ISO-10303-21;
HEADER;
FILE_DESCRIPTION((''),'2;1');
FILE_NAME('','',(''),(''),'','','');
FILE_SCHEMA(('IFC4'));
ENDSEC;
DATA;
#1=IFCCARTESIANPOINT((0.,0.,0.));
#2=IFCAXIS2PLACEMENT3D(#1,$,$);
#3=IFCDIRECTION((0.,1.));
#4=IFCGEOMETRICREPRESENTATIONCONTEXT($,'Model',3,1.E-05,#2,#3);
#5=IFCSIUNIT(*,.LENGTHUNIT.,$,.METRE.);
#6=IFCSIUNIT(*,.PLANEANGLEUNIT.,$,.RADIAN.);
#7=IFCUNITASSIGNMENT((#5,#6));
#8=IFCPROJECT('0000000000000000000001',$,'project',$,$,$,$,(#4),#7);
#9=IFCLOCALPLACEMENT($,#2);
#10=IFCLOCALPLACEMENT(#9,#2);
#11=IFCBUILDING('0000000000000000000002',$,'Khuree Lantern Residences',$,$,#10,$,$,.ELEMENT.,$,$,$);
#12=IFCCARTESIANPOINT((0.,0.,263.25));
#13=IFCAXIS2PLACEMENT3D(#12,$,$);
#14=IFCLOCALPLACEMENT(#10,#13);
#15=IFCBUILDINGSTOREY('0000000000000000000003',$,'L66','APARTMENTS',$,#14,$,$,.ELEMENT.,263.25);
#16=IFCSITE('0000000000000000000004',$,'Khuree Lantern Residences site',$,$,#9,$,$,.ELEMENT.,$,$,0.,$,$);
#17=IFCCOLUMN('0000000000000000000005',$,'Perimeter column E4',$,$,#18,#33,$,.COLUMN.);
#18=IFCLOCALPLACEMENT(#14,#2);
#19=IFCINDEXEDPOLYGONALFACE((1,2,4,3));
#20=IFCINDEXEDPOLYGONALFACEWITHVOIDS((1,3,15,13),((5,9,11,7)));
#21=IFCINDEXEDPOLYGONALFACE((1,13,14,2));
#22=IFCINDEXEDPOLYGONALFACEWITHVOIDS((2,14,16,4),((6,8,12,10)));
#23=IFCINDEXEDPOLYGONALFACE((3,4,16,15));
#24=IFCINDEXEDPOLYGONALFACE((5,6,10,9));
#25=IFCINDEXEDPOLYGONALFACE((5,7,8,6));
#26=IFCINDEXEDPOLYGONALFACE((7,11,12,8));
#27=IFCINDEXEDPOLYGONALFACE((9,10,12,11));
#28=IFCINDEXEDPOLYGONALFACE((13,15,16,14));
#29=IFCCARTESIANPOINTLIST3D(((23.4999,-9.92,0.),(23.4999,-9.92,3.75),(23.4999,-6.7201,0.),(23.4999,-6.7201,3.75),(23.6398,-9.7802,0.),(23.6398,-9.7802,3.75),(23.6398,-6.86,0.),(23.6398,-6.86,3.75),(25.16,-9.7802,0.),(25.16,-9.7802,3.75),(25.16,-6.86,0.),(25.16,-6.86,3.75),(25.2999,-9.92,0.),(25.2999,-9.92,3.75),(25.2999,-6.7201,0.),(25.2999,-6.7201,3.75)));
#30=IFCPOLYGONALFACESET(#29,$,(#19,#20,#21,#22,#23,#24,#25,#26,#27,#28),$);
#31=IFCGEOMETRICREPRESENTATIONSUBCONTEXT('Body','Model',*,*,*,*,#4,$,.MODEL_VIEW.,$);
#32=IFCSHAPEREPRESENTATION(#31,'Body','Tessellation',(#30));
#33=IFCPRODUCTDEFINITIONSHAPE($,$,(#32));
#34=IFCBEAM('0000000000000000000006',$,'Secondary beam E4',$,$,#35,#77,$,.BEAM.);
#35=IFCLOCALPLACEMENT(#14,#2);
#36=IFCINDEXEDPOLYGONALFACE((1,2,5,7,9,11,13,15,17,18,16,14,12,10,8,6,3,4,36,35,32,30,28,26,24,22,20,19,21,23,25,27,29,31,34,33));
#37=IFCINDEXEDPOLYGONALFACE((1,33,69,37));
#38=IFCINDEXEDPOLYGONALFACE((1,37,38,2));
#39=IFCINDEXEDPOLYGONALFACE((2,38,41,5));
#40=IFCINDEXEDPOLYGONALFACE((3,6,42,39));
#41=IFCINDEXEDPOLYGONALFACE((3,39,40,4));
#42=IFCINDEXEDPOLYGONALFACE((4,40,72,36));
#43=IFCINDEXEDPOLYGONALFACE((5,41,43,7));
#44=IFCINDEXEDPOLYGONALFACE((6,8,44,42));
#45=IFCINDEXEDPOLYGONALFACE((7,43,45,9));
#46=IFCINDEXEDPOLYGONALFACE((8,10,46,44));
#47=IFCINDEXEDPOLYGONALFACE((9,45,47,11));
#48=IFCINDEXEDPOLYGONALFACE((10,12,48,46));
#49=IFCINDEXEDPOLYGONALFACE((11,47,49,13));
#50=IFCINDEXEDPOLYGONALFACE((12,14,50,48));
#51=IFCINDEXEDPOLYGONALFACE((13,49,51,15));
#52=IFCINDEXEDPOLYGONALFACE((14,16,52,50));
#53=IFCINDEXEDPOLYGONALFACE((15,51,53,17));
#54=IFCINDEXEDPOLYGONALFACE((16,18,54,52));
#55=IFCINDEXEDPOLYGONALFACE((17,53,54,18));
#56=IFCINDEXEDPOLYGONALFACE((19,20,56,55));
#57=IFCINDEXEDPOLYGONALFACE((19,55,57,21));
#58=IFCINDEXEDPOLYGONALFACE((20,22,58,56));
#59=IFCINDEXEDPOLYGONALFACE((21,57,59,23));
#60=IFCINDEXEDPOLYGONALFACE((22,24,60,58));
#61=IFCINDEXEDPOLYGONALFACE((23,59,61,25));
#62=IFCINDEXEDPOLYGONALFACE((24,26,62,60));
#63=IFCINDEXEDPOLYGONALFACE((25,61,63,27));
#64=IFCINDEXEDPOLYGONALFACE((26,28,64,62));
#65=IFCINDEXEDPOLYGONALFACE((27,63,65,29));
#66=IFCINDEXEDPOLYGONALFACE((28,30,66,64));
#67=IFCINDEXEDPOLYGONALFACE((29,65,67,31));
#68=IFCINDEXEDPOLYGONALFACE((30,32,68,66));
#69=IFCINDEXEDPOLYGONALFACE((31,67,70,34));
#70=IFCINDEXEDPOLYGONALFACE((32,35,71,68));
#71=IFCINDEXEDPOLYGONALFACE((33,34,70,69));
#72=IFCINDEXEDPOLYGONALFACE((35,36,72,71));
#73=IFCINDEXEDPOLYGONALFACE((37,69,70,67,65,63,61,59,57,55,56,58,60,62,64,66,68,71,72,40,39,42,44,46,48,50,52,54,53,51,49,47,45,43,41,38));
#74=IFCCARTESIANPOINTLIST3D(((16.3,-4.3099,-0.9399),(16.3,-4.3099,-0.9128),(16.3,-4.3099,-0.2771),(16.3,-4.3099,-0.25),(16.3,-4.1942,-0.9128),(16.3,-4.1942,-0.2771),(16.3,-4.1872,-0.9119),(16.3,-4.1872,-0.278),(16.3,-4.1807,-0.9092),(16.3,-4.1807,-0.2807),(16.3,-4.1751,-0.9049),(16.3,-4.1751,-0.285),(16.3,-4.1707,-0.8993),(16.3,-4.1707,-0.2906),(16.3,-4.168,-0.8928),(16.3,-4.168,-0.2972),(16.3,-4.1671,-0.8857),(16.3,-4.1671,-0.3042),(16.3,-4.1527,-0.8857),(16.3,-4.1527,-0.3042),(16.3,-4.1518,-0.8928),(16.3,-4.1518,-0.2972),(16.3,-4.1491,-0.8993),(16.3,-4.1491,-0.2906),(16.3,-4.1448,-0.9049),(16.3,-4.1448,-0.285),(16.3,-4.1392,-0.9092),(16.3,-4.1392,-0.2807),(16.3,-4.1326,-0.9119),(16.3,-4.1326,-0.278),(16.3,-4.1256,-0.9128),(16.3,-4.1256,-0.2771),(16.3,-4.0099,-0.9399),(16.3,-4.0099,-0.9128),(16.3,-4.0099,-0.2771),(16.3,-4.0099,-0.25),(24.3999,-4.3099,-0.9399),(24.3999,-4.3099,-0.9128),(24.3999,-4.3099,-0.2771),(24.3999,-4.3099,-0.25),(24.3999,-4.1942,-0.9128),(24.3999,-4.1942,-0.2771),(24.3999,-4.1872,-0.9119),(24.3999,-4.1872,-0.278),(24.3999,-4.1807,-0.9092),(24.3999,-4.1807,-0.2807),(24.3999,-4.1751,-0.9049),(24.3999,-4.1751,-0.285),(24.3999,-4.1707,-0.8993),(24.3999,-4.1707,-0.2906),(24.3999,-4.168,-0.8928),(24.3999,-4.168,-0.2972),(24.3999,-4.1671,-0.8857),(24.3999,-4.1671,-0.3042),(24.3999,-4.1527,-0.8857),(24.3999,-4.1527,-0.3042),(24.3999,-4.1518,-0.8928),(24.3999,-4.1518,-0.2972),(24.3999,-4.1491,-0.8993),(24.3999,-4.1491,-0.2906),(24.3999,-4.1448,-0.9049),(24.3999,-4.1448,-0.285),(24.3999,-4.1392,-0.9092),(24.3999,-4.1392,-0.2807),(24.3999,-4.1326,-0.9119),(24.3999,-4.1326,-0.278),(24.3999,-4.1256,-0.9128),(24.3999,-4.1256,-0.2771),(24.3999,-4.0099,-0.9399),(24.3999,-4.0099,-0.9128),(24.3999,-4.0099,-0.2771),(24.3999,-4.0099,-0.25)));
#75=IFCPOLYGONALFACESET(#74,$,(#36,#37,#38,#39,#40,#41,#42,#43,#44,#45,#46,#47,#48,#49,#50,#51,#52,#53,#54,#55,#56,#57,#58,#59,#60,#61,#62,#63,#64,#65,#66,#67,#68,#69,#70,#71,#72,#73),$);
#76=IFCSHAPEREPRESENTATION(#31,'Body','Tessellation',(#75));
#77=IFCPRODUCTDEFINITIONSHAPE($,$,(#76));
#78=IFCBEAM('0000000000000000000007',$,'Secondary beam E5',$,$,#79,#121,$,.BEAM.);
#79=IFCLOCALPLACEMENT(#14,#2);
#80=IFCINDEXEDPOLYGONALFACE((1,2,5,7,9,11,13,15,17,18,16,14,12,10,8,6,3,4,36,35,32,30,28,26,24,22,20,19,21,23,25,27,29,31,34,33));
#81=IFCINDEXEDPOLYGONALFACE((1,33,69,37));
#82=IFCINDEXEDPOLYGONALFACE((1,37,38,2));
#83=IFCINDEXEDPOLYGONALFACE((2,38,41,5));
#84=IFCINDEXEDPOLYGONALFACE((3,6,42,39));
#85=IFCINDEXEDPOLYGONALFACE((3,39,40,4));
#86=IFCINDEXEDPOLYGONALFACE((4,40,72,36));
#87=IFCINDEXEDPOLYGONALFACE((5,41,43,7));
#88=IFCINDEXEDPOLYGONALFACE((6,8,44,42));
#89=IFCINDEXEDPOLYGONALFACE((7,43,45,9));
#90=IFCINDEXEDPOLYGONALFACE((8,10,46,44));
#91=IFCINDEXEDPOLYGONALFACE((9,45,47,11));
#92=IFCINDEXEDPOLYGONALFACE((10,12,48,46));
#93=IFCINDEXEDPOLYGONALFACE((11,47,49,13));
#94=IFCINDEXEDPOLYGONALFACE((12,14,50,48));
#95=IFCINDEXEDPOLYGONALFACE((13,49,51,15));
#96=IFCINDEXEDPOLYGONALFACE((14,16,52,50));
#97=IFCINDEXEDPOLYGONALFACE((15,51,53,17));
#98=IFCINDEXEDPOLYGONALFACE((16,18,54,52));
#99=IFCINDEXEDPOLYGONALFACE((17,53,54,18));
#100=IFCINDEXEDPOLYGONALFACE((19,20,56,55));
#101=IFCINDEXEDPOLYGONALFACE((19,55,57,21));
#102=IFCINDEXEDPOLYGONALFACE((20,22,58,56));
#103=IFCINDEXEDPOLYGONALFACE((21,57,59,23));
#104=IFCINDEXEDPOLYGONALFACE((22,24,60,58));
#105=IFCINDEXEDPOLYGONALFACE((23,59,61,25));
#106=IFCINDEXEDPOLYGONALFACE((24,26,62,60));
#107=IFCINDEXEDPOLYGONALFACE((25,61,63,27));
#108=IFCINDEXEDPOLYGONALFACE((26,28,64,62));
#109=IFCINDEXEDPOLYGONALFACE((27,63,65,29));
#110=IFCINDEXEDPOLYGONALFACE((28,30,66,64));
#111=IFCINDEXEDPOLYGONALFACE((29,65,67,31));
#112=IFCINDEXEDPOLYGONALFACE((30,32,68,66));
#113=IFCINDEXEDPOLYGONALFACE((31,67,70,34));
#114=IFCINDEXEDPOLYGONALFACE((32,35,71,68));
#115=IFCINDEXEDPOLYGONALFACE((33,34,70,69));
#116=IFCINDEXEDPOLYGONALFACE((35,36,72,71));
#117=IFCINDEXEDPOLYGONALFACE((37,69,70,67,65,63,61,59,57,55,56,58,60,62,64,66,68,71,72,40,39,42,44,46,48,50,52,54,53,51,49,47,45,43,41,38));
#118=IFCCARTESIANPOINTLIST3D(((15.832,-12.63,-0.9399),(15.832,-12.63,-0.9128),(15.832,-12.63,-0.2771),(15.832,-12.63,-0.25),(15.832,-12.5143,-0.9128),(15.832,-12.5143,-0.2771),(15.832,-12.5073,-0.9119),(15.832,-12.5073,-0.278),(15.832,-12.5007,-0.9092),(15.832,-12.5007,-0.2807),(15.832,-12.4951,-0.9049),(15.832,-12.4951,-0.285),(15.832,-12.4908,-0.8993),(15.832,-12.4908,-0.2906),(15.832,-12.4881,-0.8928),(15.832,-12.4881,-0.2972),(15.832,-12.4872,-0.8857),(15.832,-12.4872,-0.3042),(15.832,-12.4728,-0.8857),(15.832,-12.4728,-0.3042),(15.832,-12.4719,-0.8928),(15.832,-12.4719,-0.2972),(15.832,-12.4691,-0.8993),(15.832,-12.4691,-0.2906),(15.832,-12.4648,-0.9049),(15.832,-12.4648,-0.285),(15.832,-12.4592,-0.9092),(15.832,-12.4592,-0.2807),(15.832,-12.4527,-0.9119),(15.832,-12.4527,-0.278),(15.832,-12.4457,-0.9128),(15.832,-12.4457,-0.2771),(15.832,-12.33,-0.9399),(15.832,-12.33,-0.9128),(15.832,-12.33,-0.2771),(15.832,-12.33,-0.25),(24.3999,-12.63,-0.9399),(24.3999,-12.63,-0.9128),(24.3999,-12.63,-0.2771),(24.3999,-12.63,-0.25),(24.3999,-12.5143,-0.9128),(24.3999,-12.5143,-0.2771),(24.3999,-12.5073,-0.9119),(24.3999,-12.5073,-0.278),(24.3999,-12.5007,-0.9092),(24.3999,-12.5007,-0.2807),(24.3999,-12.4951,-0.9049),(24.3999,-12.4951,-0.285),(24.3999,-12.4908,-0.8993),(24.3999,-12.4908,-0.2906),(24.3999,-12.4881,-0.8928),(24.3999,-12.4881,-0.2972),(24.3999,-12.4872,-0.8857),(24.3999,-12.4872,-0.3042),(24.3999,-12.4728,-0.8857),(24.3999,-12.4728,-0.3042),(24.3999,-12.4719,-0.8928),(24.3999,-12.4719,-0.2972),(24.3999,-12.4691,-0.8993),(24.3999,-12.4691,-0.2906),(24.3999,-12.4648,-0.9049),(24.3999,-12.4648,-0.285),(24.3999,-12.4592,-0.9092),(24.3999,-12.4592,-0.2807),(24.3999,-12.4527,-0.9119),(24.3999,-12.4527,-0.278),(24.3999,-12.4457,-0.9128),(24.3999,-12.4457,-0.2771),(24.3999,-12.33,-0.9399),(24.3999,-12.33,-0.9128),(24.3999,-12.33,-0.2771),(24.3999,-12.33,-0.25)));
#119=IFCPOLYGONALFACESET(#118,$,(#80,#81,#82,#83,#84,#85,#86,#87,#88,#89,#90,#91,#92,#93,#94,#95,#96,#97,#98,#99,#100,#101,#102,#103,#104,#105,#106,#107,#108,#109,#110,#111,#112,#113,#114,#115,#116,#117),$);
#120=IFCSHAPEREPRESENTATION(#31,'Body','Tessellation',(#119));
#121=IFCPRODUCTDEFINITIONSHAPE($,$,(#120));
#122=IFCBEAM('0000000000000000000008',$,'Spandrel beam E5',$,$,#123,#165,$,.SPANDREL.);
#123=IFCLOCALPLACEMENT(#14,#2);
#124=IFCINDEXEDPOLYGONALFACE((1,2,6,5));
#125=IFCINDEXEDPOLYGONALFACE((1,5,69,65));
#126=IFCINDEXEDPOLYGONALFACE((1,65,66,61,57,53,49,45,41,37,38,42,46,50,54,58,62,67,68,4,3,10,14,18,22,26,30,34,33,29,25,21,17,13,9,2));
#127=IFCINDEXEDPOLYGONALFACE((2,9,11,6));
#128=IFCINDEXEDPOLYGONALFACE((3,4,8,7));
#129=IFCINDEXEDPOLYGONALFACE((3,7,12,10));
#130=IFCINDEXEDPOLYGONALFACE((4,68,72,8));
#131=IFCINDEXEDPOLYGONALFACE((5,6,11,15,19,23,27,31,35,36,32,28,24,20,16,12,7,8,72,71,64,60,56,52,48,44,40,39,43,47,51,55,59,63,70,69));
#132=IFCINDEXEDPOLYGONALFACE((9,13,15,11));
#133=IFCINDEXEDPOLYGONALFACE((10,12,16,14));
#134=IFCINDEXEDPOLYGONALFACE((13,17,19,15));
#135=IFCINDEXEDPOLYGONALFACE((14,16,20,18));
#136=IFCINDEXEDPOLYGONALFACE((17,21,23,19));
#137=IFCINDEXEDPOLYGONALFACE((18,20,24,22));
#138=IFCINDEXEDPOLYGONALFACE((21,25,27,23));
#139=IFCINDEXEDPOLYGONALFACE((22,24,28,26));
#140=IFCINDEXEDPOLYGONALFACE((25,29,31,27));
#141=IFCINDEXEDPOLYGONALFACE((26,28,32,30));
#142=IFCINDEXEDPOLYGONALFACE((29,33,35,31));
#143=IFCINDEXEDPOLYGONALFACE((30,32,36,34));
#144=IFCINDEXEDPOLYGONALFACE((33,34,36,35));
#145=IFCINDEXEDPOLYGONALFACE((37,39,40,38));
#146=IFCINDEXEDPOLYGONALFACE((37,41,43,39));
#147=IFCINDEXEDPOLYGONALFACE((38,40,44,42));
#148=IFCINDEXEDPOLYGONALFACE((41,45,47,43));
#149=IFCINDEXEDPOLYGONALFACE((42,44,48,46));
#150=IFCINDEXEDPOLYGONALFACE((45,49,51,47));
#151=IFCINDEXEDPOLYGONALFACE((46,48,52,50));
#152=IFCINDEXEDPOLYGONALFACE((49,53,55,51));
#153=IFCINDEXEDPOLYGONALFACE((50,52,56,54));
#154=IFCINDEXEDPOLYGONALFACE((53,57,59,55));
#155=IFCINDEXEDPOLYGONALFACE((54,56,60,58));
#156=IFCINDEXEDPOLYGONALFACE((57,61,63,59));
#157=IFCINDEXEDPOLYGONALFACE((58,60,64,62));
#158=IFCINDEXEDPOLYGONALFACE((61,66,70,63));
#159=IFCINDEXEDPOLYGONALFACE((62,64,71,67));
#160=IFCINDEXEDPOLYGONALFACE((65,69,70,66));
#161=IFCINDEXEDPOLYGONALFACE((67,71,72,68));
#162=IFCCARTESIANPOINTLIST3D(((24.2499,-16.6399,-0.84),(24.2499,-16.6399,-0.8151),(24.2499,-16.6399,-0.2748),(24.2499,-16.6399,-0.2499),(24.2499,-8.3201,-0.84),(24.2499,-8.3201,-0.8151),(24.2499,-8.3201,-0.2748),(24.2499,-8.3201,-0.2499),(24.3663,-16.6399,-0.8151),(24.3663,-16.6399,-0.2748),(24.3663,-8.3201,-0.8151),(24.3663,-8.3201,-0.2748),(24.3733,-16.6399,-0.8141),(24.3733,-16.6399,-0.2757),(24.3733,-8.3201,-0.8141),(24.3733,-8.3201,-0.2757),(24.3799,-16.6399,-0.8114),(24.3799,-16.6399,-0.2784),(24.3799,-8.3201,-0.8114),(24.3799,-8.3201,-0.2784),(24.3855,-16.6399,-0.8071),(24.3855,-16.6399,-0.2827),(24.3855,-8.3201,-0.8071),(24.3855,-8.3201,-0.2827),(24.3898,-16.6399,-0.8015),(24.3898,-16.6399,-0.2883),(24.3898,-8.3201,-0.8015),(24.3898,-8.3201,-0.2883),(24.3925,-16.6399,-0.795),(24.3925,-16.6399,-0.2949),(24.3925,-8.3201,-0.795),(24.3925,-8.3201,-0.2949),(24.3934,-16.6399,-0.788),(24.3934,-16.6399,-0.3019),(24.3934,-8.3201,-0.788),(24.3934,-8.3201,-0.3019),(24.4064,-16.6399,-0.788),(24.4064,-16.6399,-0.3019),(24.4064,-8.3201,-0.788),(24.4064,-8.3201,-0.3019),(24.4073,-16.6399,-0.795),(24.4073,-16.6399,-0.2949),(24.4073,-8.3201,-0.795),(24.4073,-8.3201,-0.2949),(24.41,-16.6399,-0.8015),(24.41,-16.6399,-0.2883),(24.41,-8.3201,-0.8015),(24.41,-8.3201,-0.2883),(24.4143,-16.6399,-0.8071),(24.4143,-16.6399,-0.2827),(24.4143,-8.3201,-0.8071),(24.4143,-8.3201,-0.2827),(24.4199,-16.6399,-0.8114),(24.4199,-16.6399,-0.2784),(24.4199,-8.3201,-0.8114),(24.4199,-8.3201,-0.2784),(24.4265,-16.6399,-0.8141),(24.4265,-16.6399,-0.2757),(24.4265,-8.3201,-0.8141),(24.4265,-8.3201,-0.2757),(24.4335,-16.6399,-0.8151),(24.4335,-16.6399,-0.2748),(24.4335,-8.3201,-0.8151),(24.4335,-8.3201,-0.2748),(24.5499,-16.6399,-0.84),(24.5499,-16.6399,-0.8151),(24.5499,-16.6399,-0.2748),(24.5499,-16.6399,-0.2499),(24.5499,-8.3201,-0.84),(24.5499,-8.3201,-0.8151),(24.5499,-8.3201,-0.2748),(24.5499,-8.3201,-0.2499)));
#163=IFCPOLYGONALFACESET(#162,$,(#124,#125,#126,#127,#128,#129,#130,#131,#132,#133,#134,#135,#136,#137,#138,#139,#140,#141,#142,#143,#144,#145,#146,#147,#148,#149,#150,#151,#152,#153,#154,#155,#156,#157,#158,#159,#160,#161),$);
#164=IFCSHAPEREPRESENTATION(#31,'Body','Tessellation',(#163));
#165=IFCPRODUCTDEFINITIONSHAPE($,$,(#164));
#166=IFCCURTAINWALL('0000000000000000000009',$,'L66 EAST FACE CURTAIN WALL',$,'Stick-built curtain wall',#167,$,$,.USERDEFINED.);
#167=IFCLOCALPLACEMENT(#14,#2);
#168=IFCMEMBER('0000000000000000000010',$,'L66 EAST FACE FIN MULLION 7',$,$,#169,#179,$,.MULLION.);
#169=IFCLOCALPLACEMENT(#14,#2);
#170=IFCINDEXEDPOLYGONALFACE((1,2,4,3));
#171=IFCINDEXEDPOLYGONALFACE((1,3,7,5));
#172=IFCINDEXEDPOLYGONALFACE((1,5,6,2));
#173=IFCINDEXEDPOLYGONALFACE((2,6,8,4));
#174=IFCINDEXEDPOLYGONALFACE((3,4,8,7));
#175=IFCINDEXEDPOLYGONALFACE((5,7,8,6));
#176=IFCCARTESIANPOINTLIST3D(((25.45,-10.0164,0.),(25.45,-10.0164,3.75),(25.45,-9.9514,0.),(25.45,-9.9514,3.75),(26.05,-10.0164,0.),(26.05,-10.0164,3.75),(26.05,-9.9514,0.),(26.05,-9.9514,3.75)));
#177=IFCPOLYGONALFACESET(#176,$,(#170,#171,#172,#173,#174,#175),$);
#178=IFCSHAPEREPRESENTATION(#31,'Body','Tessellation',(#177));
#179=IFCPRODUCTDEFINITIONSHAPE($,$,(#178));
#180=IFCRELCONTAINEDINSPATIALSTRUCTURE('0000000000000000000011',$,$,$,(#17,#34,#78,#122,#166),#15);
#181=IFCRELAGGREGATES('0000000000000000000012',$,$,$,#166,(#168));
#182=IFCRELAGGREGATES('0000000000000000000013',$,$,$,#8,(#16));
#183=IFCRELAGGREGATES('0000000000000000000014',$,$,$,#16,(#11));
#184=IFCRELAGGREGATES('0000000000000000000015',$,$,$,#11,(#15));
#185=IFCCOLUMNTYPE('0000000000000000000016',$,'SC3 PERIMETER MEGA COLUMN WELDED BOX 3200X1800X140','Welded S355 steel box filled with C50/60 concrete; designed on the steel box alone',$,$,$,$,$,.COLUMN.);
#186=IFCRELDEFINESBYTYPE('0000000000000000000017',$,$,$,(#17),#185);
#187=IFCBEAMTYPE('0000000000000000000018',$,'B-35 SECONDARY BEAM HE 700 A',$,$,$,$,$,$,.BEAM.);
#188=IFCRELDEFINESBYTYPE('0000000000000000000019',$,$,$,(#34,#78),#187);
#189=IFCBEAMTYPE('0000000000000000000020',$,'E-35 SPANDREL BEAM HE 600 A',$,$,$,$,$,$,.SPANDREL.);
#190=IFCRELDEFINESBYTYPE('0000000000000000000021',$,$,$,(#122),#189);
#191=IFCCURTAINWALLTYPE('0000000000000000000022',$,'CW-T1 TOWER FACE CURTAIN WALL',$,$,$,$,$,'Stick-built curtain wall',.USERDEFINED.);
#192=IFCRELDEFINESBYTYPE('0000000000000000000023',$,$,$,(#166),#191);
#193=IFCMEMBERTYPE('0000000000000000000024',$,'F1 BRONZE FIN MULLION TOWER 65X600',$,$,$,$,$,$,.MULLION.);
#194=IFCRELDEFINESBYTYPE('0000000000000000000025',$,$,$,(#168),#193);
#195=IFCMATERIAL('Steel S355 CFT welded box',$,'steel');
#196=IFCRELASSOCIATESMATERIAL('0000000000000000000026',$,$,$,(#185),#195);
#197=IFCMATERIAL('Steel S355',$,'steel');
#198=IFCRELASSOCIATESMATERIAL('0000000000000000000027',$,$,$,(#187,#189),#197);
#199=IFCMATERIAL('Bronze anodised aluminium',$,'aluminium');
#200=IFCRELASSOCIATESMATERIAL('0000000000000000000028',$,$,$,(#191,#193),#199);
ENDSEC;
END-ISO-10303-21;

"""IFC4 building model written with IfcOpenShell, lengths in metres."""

from ifc_helpers import new_model, si_unit, direction, frame, origin, origin_2d, place, context, subcontext, project, spatial, rectangle, hollow_rectangle, i_section, extrude, material, material_profile, profile_set, type_object, element, aggregate, save


model = new_model("IFC4")

# Units and contexts
model_context = context("Model", 3, precision=1e-05, world=origin(), true_north=direction((0.0, 1.0)))
body_context = subcontext(model_context, "Body", "Model", "MODEL_VIEW")
ifc_project = project(units=[si_unit("LENGTHUNIT", "METRE"), si_unit("PLANEANGLEUNIT", "RADIAN")], contexts=[model_context])

# Site, building, storey
site_placement = place(None, origin())
site = spatial("IfcSite", under=ifc_project, at=site_placement, Name="Khuree Lantern Residences site", CompositionType="ELEMENT", RefElevation=0.0)
building_placement = place(site_placement, origin())
building = spatial("IfcBuilding", under=site, at=building_placement, Name="Khuree Lantern Residences", CompositionType="ELEMENT")
storey_placement = place(building_placement, frame((0.0, 0.0, 263.25)))
storey = spatial("IfcBuildingStorey", under=building, at=storey_placement, Name="L66", Description="APARTMENTS", CompositionType="ELEMENT", Elevation=263.25)

# Column
ifc_material_1 = material(Name="Steel S355 CFT welded box", Category="steel")
ifc_material_profile_1 = material_profile(ifc_material_1, hollow_rectangle(XDim=3.2, YDim=1.8, WallThickness=0.1399, at=origin_2d()), Name="WELDED BOX 3200X1800X140")
ifc_profile_set_1 = profile_set([ifc_material_profile_1], Name="Steel S355 CFT welded box")
column_type = type_object("IfcColumnType", Name="SC3 PERIMETER MEGA COLUMN WELDED BOX 3200X1800X140", Description="Welded S355 steel box filled with C50/60 concrete; designed on the steel box alone", PredefinedType="COLUMN", material=ifc_profile_set_1)
column_placement = place(storey_placement, frame((24.3999, -8.3201, 0.0), z_axis=(0.0, 0.0, 1.0), x_axis=(0.0, 1.0, 0.0)))
element("IfcColumn", 1, at=column_placement, inside=storey, type_object=column_type, Name="Perimeter column E4", PredefinedType="COLUMN", context=body_context, shape_type="SweptSolid", body=[
    extrude(hollow_rectangle(XDim=3.2, YDim=1.8, WallThickness=0.1399, at=origin_2d()), origin(), (0.0, 0.0, 1.0), 3.75),
])

# Beams
ifc_material_2 = material(Name="Steel S355", Category="steel")
ifc_material_profile_2 = material_profile(ifc_material_2, i_section(OverallWidth=0.3, OverallDepth=0.6899, WebThickness=0.0144, FlangeThickness=0.0271, FilletRadius=0.0271, at=origin_2d()), Name="HE 700 A")
ifc_profile_set_2 = profile_set([ifc_material_profile_2], Name="Steel S355")
beam_type_1 = type_object("IfcBeamType", Name="B-35 SECONDARY BEAM HE 700 A", PredefinedType="BEAM", material=ifc_profile_set_2)
beam_1_placement = place(storey_placement, frame((24.3999, -4.1599, -0.595), z_axis=(-1.0, 0.0, 0.0), x_axis=(0.0, -1.0, 0.0)))
element("IfcBeam", 2, at=beam_1_placement, inside=storey, type_object=beam_type_1, Name="Secondary beam E4", PredefinedType="BEAM", context=body_context, shape_type="SweptSolid", body=[
    extrude(i_section(OverallWidth=0.3, OverallDepth=0.6899, WebThickness=0.0144, FlangeThickness=0.0271, FilletRadius=0.0271, at=origin_2d()), origin(), (0.0, 0.0, 1.0), 8.0999),
])
beam_2_placement = place(storey_placement, frame((24.3999, -12.48, -0.595), z_axis=(-1.0, 0.0, 0.0), x_axis=(0.0, -1.0, 0.0)))
element("IfcBeam", 3, at=beam_2_placement, inside=storey, type_object=beam_type_1, Name="Secondary beam E5", PredefinedType="BEAM", context=body_context, shape_type="SweptSolid", body=[
    extrude(i_section(OverallWidth=0.3, OverallDepth=0.6899, WebThickness=0.0144, FlangeThickness=0.0271, FilletRadius=0.0271, at=origin_2d()), origin(), (0.0, 0.0, 1.0), 8.5679),
])
ifc_material_profile_3 = material_profile(ifc_material_2, i_section(OverallWidth=0.3, OverallDepth=0.5901, WebThickness=0.0129, FlangeThickness=0.0249, FilletRadius=0.0271, at=origin_2d()), Name="HE 600 A")
ifc_profile_set_3 = profile_set([ifc_material_profile_3], Name="Steel S355")
beam_type_2 = type_object("IfcBeamType", Name="E-35 SPANDREL BEAM HE 600 A", PredefinedType="SPANDREL", material=ifc_profile_set_3)
beam_3_placement = place(storey_placement, frame((24.3999, -8.3201, -0.5449), z_axis=(0.0, -1.0, 0.0), x_axis=(1.0, 0.0, 0.0)))
element("IfcBeam", 4, at=beam_3_placement, inside=storey, type_object=beam_type_2, Name="Spandrel beam E5", PredefinedType="SPANDREL", context=body_context, shape_type="SweptSolid", body=[
    extrude(i_section(OverallWidth=0.3, OverallDepth=0.5901, WebThickness=0.0129, FlangeThickness=0.0249, FilletRadius=0.0271, at=origin_2d()), origin(), (0.0, 0.0, 1.0), 8.3198),
])

# Curtain wall, member
ifc_material_3 = material(Name="Bronze anodised aluminium", Category="aluminium")
curtain_wall_type = type_object("IfcCurtainWallType", Name="CW-T1 TOWER FACE CURTAIN WALL", ElementType="Stick-built curtain wall", PredefinedType="USERDEFINED", material=ifc_material_3)
curtain_wall_placement = place(storey_placement, origin())
curtain_wall = element("IfcCurtainWall", 5, at=curtain_wall_placement, inside=storey, type_object=curtain_wall_type, Name="L66 EAST FACE CURTAIN WALL", ObjectType="Stick-built curtain wall", PredefinedType="USERDEFINED")
ifc_material_profile_4 = material_profile(ifc_material_3, rectangle(XDim=0.0649, YDim=0.6001, at=origin_2d()), Name="F1 65X600")
ifc_profile_set_4 = profile_set([ifc_material_profile_4], Name="Bronze anodised aluminium")
member_type_1 = type_object("IfcMemberType", Name="F1 BRONZE FIN MULLION TOWER 65X600", PredefinedType="MULLION", material=ifc_profile_set_4)
member_1_placement = place(storey_placement, frame((25.75, -9.9839, 0.0), z_axis=(0.0, 0.0, 1.0), x_axis=(0.0, 1.0, 0.0)))
member_1 = element("IfcMember", 6, at=member_1_placement, type_object=member_type_1, Name="L66 EAST FACE FIN MULLION 7", PredefinedType="MULLION", context=body_context, shape_type="SweptSolid", body=[
    extrude(rectangle(XDim=0.0649, YDim=0.6001, at=origin_2d()), origin(), (0.0, 0.0, 1.0), 3.75),
])

aggregate(curtain_wall, [member_1])

save(model, "model.ifc")
